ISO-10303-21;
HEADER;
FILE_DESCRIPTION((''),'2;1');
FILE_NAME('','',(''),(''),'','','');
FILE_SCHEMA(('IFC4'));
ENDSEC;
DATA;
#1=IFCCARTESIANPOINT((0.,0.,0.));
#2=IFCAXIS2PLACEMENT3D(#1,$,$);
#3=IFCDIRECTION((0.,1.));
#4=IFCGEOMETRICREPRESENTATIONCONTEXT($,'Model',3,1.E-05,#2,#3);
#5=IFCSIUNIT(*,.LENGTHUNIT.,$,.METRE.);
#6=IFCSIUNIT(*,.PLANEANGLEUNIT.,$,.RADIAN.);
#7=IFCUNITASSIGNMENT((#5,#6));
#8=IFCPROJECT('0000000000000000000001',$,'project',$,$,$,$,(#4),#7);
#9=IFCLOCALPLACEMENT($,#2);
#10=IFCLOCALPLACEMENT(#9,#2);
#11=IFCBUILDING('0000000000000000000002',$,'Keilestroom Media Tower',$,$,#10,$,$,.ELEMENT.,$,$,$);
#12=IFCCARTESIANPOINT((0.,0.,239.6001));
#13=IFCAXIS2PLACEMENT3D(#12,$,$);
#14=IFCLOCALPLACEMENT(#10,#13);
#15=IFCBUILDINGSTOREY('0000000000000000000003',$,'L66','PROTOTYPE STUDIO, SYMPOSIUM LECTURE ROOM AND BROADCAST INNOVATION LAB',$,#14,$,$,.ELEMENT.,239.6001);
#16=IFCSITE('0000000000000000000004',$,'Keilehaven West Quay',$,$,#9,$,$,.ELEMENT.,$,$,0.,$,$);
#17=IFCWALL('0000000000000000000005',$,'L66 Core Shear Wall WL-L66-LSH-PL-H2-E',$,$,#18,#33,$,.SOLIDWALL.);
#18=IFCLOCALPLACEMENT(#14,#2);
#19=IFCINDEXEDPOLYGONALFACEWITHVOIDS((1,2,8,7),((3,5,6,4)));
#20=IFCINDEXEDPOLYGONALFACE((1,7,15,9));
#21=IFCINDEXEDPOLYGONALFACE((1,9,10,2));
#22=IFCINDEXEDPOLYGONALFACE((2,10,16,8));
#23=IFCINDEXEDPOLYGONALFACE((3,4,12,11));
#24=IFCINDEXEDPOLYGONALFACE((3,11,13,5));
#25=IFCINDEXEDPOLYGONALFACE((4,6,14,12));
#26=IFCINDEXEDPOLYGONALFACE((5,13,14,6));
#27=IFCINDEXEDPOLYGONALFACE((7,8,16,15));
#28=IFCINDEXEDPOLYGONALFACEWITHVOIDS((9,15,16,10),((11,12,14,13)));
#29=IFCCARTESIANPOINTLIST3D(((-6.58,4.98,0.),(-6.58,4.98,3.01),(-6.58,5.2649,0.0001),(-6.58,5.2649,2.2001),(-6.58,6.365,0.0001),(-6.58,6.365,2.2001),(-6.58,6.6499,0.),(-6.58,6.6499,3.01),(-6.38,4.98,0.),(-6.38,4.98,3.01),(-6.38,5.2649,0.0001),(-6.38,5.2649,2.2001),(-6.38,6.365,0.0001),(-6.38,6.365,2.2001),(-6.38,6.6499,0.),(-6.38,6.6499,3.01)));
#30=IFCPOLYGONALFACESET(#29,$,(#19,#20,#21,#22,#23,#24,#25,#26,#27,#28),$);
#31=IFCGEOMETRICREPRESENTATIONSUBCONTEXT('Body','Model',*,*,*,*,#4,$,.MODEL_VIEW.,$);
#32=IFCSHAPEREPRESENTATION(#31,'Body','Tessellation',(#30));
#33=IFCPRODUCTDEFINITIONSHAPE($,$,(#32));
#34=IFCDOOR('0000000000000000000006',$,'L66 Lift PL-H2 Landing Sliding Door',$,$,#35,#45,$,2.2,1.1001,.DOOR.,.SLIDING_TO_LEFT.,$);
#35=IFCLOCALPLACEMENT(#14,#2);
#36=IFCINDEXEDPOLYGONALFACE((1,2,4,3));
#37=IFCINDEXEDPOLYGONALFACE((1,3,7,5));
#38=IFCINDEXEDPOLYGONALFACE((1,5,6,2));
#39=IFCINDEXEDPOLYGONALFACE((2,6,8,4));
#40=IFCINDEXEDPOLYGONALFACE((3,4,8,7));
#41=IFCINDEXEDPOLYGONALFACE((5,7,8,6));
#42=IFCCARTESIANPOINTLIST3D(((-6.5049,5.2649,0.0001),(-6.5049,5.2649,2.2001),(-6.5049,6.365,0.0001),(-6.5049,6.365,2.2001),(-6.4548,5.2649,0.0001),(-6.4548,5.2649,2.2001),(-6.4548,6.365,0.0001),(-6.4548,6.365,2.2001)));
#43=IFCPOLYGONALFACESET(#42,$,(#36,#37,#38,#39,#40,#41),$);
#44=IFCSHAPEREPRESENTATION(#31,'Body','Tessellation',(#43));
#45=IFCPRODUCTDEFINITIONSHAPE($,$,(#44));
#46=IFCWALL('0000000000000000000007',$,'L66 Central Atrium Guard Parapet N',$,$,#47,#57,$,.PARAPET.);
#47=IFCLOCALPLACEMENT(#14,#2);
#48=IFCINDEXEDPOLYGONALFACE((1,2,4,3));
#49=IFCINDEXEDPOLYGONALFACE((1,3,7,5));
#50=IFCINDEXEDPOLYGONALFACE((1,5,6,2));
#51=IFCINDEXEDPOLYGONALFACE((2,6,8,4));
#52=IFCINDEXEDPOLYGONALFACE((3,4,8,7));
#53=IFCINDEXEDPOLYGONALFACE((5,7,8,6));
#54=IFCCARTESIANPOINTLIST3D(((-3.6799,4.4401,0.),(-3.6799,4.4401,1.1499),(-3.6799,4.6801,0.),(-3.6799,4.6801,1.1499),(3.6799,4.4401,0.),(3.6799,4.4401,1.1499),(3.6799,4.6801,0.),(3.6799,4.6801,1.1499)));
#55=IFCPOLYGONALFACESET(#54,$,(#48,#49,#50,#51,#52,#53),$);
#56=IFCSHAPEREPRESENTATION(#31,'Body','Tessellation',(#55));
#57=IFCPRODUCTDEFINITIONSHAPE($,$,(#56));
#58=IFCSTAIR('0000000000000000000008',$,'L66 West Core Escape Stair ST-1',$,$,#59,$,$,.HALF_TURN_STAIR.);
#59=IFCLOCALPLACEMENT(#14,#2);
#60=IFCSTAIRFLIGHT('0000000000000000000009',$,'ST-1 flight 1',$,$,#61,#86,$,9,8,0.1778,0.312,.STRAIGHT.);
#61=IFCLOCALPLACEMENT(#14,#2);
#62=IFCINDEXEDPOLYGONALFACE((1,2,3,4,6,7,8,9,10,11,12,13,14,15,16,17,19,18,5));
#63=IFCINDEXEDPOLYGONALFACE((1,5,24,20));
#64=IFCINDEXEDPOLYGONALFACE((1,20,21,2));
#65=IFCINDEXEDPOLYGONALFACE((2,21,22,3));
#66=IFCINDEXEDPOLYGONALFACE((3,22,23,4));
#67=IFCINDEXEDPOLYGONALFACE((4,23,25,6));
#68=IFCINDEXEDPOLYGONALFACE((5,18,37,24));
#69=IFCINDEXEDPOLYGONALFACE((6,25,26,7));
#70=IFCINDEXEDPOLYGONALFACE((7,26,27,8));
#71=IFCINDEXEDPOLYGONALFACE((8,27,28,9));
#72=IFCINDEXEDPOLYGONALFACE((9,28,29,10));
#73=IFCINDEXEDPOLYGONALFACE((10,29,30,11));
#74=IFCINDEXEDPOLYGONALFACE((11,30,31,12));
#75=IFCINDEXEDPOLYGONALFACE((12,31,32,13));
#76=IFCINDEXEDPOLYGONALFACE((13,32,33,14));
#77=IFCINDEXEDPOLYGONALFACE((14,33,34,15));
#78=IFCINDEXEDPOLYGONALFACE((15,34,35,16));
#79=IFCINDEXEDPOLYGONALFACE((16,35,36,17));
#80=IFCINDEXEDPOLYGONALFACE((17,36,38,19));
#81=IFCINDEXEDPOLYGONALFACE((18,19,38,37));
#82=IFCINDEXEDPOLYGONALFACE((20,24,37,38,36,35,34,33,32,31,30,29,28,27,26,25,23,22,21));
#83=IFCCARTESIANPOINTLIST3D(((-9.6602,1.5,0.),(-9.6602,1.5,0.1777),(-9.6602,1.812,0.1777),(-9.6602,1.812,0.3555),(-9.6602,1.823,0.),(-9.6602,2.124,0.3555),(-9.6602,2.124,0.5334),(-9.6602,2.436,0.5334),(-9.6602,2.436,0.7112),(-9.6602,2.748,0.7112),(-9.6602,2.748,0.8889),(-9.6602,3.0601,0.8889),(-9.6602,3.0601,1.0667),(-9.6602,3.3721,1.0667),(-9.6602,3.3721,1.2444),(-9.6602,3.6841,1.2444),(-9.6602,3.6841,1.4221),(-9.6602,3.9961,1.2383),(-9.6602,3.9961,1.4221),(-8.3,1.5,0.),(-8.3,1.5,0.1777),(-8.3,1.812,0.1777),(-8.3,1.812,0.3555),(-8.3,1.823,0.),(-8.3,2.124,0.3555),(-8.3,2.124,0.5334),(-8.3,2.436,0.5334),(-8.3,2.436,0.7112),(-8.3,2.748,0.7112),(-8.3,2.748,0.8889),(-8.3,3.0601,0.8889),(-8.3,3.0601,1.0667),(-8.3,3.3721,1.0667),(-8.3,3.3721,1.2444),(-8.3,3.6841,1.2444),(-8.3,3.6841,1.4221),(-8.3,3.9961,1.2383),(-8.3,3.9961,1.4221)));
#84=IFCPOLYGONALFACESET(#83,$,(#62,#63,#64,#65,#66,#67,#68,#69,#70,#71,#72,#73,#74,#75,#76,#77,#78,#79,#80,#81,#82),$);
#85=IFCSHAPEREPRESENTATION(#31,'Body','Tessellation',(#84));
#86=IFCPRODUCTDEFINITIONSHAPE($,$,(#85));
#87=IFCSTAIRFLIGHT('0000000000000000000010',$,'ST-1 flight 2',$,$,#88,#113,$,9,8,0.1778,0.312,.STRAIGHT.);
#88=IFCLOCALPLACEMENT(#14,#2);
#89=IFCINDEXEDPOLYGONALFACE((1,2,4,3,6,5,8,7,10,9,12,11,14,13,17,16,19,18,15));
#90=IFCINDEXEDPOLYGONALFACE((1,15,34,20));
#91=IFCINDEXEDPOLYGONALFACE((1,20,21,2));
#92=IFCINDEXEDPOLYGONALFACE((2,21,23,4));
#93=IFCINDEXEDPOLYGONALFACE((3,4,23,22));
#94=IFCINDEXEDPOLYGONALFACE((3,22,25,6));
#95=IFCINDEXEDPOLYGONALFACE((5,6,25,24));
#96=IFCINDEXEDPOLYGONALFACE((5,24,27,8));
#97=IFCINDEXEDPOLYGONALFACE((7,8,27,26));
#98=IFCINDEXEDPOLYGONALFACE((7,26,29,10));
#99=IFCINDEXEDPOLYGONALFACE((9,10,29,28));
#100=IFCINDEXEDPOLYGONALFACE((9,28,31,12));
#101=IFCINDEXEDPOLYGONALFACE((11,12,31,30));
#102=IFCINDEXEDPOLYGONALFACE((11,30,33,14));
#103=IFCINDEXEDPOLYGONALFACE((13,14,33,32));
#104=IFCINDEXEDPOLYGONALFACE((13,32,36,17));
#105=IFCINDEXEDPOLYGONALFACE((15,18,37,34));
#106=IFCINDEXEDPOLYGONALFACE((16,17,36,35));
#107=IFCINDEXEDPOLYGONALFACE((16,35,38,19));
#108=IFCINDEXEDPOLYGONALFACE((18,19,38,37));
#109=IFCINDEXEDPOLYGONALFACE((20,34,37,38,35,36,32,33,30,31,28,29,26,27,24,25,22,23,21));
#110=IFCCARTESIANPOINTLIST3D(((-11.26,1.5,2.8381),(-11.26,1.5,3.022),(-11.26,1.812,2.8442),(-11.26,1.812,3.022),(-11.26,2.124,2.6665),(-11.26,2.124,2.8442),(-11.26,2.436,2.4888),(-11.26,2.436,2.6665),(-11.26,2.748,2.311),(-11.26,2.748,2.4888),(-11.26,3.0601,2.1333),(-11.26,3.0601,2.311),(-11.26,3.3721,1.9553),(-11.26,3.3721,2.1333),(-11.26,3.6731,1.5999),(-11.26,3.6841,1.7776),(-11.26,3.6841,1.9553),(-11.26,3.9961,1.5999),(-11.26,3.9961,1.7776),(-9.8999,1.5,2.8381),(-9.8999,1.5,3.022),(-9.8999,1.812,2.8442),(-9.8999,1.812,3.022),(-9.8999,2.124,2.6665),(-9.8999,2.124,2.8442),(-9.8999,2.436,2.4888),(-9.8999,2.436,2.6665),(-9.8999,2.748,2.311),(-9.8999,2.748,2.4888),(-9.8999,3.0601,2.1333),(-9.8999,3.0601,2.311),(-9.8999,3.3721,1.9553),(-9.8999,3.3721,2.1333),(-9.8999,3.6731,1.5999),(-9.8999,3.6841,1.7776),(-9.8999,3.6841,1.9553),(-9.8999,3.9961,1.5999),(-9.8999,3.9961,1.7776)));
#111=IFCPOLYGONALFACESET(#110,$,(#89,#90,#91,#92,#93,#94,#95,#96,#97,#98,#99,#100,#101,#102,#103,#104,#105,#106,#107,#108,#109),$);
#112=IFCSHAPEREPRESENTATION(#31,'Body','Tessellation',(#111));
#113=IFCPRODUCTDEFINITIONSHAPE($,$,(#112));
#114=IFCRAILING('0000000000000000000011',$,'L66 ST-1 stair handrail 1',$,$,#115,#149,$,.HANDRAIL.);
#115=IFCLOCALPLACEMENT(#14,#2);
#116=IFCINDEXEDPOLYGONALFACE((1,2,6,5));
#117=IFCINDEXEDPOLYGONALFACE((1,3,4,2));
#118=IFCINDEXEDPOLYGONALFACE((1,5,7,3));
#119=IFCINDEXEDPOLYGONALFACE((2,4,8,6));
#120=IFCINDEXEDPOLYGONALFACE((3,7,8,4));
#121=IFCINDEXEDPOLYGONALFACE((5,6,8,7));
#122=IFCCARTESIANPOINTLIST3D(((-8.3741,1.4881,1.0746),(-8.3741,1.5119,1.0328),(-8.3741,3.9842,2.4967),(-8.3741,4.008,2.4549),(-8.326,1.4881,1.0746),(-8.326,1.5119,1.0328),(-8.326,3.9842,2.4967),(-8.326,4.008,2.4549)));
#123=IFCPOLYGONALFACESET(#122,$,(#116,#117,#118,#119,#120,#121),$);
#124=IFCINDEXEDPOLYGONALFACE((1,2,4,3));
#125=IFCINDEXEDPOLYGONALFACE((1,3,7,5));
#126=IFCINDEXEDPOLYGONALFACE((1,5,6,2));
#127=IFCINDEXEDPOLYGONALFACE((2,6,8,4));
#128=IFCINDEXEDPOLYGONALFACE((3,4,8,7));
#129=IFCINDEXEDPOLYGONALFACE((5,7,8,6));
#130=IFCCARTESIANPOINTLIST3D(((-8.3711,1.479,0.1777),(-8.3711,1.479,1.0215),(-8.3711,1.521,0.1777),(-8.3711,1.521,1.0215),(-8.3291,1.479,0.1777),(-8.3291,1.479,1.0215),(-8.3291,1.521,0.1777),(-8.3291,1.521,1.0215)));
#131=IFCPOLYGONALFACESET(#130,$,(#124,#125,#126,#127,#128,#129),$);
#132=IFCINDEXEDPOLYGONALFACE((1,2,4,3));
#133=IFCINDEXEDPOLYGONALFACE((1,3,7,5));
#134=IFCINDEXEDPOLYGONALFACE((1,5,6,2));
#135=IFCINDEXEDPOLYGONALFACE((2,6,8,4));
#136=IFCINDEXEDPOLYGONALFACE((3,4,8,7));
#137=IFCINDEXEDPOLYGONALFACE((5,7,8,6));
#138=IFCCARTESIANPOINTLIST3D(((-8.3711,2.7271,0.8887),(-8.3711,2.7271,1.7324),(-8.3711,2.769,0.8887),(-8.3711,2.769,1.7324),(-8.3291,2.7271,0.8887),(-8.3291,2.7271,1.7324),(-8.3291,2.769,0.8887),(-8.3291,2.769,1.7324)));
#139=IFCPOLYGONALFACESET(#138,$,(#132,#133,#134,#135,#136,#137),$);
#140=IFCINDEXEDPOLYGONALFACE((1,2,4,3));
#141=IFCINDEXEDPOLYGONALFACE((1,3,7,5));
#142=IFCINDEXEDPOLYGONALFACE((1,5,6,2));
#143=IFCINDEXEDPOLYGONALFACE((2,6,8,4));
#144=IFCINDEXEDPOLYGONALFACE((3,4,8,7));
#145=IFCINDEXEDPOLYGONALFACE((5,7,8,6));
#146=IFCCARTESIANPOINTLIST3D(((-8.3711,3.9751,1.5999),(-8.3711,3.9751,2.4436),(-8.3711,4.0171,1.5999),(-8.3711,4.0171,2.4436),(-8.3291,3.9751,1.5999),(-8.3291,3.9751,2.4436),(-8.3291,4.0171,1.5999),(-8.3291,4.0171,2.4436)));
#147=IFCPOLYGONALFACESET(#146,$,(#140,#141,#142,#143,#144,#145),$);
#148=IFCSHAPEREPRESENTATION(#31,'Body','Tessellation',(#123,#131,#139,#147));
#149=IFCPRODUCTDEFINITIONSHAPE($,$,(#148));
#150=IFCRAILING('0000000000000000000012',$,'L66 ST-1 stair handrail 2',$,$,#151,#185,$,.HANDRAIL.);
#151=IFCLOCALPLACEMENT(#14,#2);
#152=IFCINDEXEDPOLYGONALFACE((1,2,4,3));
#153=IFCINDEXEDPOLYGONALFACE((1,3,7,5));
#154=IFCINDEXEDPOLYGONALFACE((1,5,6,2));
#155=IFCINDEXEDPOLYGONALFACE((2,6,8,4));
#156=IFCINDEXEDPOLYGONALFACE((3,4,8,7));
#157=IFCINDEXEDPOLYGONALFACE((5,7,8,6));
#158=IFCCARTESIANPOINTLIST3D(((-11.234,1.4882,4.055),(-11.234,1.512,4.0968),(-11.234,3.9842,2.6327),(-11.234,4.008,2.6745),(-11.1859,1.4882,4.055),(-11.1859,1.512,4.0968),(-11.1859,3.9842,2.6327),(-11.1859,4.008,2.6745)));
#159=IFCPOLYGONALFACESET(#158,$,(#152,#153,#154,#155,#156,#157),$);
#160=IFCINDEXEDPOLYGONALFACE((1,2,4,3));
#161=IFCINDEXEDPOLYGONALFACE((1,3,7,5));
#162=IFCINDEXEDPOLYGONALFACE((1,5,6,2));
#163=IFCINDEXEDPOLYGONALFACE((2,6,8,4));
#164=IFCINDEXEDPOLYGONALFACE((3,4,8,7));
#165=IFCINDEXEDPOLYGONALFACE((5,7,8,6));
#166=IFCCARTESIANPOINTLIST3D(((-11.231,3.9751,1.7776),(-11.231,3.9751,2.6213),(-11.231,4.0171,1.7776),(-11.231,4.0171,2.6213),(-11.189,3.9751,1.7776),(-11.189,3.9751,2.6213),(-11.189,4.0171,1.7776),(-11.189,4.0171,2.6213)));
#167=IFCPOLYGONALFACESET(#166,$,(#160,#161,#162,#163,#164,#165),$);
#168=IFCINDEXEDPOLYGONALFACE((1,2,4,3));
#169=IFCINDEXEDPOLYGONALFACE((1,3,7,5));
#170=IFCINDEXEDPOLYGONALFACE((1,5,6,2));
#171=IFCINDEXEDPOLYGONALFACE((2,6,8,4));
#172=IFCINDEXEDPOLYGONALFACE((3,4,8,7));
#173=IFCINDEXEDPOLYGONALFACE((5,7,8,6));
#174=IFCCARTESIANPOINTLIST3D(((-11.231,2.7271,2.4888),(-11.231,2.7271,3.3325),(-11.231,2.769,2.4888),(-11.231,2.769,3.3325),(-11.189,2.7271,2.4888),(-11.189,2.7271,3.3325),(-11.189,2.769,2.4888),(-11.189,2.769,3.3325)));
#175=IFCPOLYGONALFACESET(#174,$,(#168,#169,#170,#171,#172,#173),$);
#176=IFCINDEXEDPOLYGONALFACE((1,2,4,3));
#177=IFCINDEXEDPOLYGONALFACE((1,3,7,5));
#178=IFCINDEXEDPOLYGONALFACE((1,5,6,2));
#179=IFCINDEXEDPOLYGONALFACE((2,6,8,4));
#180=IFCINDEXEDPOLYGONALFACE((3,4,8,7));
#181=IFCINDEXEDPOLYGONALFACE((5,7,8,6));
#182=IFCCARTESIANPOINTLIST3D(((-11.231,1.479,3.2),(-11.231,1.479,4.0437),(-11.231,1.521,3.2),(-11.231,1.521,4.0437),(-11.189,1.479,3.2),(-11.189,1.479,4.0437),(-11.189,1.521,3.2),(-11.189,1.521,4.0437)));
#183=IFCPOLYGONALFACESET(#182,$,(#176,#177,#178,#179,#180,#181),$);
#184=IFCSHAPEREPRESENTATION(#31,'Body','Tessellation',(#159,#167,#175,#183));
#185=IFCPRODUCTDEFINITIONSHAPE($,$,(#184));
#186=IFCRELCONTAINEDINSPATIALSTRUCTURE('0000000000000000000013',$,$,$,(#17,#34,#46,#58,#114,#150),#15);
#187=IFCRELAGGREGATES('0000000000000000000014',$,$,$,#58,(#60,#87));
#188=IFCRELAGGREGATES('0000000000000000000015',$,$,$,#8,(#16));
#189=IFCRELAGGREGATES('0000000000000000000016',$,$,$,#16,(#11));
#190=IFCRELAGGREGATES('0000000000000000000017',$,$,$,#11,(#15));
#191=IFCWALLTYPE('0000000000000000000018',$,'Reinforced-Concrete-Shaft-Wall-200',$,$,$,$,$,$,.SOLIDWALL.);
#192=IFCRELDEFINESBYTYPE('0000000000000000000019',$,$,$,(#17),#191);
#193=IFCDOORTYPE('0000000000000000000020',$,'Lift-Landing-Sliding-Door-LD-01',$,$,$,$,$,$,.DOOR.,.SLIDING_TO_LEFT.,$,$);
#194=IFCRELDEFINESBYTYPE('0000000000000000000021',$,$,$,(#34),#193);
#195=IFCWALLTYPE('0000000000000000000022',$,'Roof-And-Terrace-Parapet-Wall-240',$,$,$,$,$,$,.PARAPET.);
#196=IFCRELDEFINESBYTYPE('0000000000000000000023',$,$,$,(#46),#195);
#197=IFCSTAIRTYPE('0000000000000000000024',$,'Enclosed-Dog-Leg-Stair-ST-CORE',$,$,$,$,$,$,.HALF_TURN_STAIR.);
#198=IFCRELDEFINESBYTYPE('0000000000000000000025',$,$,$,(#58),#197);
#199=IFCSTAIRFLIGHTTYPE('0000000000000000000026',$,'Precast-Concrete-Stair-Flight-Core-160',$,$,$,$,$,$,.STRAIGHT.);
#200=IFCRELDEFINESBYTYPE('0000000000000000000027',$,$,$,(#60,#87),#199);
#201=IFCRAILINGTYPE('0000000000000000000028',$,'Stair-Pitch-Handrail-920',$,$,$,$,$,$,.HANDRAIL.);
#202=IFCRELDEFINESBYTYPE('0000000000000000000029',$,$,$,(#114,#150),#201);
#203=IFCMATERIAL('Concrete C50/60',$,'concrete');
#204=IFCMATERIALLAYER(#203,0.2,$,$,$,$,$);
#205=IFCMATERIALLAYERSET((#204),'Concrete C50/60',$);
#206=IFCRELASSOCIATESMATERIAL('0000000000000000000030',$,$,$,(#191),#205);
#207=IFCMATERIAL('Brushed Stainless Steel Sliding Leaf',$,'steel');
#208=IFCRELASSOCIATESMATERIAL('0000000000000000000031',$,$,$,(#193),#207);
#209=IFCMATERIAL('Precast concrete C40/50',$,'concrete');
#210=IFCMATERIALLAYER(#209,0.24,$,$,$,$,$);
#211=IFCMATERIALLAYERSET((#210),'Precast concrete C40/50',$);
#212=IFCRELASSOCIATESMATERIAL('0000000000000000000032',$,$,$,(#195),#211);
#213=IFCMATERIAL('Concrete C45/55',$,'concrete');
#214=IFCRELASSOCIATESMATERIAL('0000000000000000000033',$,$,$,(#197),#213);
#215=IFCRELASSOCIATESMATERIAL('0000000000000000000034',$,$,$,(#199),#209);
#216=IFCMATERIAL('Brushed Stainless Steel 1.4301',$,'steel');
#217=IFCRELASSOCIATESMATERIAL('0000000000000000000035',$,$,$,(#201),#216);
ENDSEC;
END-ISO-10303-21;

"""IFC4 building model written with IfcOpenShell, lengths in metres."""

from ifc_helpers import new_model, si_unit, direction, frame, frame_2d, origin, origin_2d, place, context, subcontext, project, spatial, polyline, rectangle, outline, extrude, source, transform, mapped, material, layer, layer_set, type_object, element, fill, aggregate, save


model = new_model("IFC4")

# Units and contexts
model_context = context("Model", 3, precision=1e-05, world=origin(), true_north=direction((0.0, 1.0)))
body_context = subcontext(model_context, "Body", "Model", "MODEL_VIEW")
ifc_project = project(units=[si_unit("LENGTHUNIT", "METRE"), si_unit("PLANEANGLEUNIT", "RADIAN")], contexts=[model_context])

# Site, building, storey
site_placement = place(None, origin())
site = spatial("IfcSite", under=ifc_project, at=site_placement, Name="Keilehaven West Quay", CompositionType="ELEMENT", RefElevation=0.0)
building_placement = place(site_placement, origin())
building = spatial("IfcBuilding", under=site, at=building_placement, Name="Keilestroom Media Tower", CompositionType="ELEMENT")
storey_placement = place(building_placement, frame((0.0, 0.0, 239.6001)))
storey = spatial("IfcBuildingStorey", under=building, at=storey_placement, Name="L66", Description="PROTOTYPE STUDIO, SYMPOSIUM LECTURE ROOM AND BROADCAST INNOVATION LAB", CompositionType="ELEMENT", Elevation=239.6001)

# Shared definitions
ifc_material_1 = material(Name="Concrete C50/60", Category="concrete")
ifc_layer_1 = layer(ifc_material_1, 0.2)
ifc_layer_set_1 = layer_set([ifc_layer_1], Name="Concrete C50/60")
wall_type_1 = type_object("IfcWallType", Name="Reinforced-Concrete-Shaft-Wall-200", PredefinedType="SOLIDWALL", material=ifc_layer_set_1)

# Shared definitions
ifc_material_2 = material(Name="Brushed Stainless Steel Sliding Leaf", Category="steel")
door_type = type_object("IfcDoorType", Name="Lift-Landing-Sliding-Door-LD-01", OperationType="SLIDING_TO_LEFT", PredefinedType="DOOR", material=ifc_material_2)
shared_shape_1 = source(origin(), body_context, "Body", "SweptSolid", [
    extrude(rectangle(XDim=1.1001, YDim=2.2, at=frame_2d((0.55, 1.1001))), frame((0.0, 0.0249, 0.0), z_axis=(0.0, -1.0, 0.0), x_axis=(1.0, 0.0, 0.0)), (0.0, 0.0, 1.0), 0.05),
])

# Wall, opening, door
wall_1_placement = place(storey_placement, frame((-6.48, 4.98, 0.0), z_axis=(0.0, 0.0, 1.0), x_axis=(0.0, 1.0, 0.0)))
wall_1 = element("IfcWall", 1, at=wall_1_placement, inside=storey, type_object=wall_type_1, Name="L66 Core Shear Wall WL-L66-LSH-PL-H2-E", PredefinedType="SOLIDWALL", context=body_context, shape_type="SweptSolid", body=[
    extrude(rectangle(XDim=1.6699, YDim=0.2, at=frame_2d((0.835, 0.0))), origin(), (0.0, 0.0, 1.0), 3.01),
])
opening_1_placement = place(wall_1_placement, frame((0.2849, 0.0, 0.0)))
opening_1 = element("IfcOpeningElement", 2, at=opening_1_placement, cuts=wall_1, PredefinedType="OPENING", context=body_context, shape_type="SweptSolid", body=[
    extrude(rectangle(XDim=1.1001, YDim=2.2, at=frame_2d((0.55, 1.1001))), frame((0.0, 0.1099, 0.0), z_axis=(0.0, -1.0, 0.0), x_axis=(1.0, 0.0, 0.0)), (0.0, 0.0, 1.0), 0.22),
])
door_1_placement = place(opening_1_placement, origin())
door_1 = element("IfcDoor", 3, at=door_1_placement, inside=storey, type_object=door_type, Name="L66 Lift PL-H2 Landing Sliding Door", OperationType="SLIDING_TO_LEFT", OverallHeight=2.2, OverallWidth=1.1001, PredefinedType="DOOR", context=body_context, shape_type="MappedRepresentation", body=[
    mapped(shared_shape_1, transform((0.0, 0.0, 0.0), x_axis=(1.0, 0.0, 0.0), y_axis=(0.0, 1.0, 0.0), z_axis=(0.0, 0.0, 1.0), scale=1.0)),
])
fill(opening_1, door_1)

# Wall
ifc_material_3 = material(Name="Precast concrete C40/50", Category="concrete")
ifc_layer_2 = layer(ifc_material_3, 0.24)
ifc_layer_set_2 = layer_set([ifc_layer_2], Name="Precast concrete C40/50")
wall_type_2 = type_object("IfcWallType", Name="Roof-And-Terrace-Parapet-Wall-240", PredefinedType="PARAPET", material=ifc_layer_set_2)
wall_2_placement = place(storey_placement, frame((-3.6799, 4.5601, 0.0), z_axis=(0.0, 0.0, 1.0), x_axis=(1.0, 0.0, 0.0)))
element("IfcWall", 4, at=wall_2_placement, inside=storey, type_object=wall_type_2, Name="L66 Central Atrium Guard Parapet N", PredefinedType="PARAPET", context=body_context, shape_type="SweptSolid", body=[
    extrude(rectangle(XDim=7.3599, YDim=0.24, at=frame_2d((3.6799, 0.0))), origin(), (0.0, 0.0, 1.0), 1.1499),
])

# Stair, stair flights
ifc_material_4 = material(Name="Concrete C45/55", Category="concrete")
stair_type = type_object("IfcStairType", Name="Enclosed-Dog-Leg-Stair-ST-CORE", PredefinedType="HALF_TURN_STAIR", material=ifc_material_4)
stair_placement = place(storey_placement, origin())
stair = element("IfcStair", 5, at=stair_placement, inside=storey, type_object=stair_type, Name="L66 West Core Escape Stair ST-1", PredefinedType="HALF_TURN_STAIR")
stair_flight_type = type_object("IfcStairFlightType", Name="Precast-Concrete-Stair-Flight-Core-160", PredefinedType="STRAIGHT", material=ifc_material_3)
stair_flight_1_placement = place(storey_placement, frame((-8.98, 1.5, 0.0), z_axis=(0.0, 0.0, 1.0), x_axis=(0.0, 1.0, 0.0)))
stair_flight_1 = element("IfcStairFlight", 6, at=stair_flight_1_placement, type_object=stair_flight_type, Name="ST-1 flight 1", NumberOfRisers=9, NumberOfTreads=8, PredefinedType="STRAIGHT", RiserHeight=0.1778, TreadLength=0.312, context=body_context, shape_type="SweptSolid", body=[
    extrude(outline(polyline([(0.0, 0.0), (0.0, 0.1777), (0.312, 0.1777), (0.312, 0.3555), (0.624, 0.3555), (0.624, 0.5334), (0.936, 0.5334), (0.936, 0.7112), (1.248, 0.7112), (1.248, 0.8889), (1.5601, 0.8889), (1.5601, 1.0667), (1.8721, 1.0667), (1.8721, 1.2444), (2.1841, 1.2444), (2.1841, 1.4221), (2.4961, 1.4221), (2.4961, 1.6001), (2.4961, 1.2383), (0.323, 0.0), (0.0, 0.0)])), frame((0.0, 0.6802, 0.0), z_axis=(0.0, -1.0, 0.0), x_axis=(1.0, 0.0, 0.0)), (0.0, 0.0, 1.0), 1.3601),
])
stair_flight_2_placement = place(storey_placement, frame((-10.5801, 3.9961, 1.5999), z_axis=(0.0, 0.0, 1.0), x_axis=(0.0, -1.0, 0.0)))
stair_flight_2 = element("IfcStairFlight", 7, at=stair_flight_2_placement, type_object=stair_flight_type, Name="ST-1 flight 2", NumberOfRisers=9, NumberOfTreads=8, PredefinedType="STRAIGHT", RiserHeight=0.1778, TreadLength=0.312, context=body_context, shape_type="SweptSolid", body=[
    extrude(outline(polyline([(0.0, 0.0), (0.0, 0.1777), (0.312, 0.1777), (0.312, 0.3555), (0.624, 0.3555), (0.624, 0.5334), (0.936, 0.5334), (0.936, 0.7112), (1.248, 0.7112), (1.248, 0.8889), (1.5601, 0.8889), (1.5601, 1.0667), (1.8721, 1.0667), (1.8721, 1.2444), (2.1841, 1.2444), (2.1841, 1.4221), (2.4961, 1.4221), (2.4961, 1.6001), (2.4961, 1.2383), (0.323, 0.0), (0.0, 0.0)])), frame((0.0, 0.6802, 0.0), z_axis=(0.0, -1.0, 0.0), x_axis=(1.0, 0.0, 0.0)), (0.0, 0.0, 1.0), 1.3601),
])
aggregate(stair, [stair_flight_1, stair_flight_2])

# Railings
ifc_material_5 = material(Name="Brushed Stainless Steel 1.4301", Category="steel")
railing_type_1 = type_object("IfcRailingType", Name="Stair-Pitch-Handrail-920", PredefinedType="HANDRAIL", material=ifc_material_5)
railing_1_placement = place(storey_placement, frame((-8.3501, 1.5, 0.1777)))
element("IfcRailing", 8, at=railing_1_placement, inside=storey, type_object=railing_type_1, Name="L66 ST-1 stair handrail 1", PredefinedType="HANDRAIL", context=body_context, shape_type="SweptSolid", body=[
    extrude(rectangle(XDim=0.0481, YDim=0.0481, at=origin_2d()), frame((0.0, 0.0, 0.876), z_axis=(0.0, 0.868875, 0.495031), x_axis=(-1.0, 0.0, 0.0)), (0.0, 0.0, 1.0), 2.8728),
    extrude(rectangle(XDim=0.042, YDim=0.042, at=origin_2d()), origin(), (0.0, 0.0, 1.0), 0.8438),
    extrude(rectangle(XDim=0.042, YDim=0.042, at=origin_2d()), frame((0.0, 1.248, 0.7109)), (0.0, 0.0, 1.0), 0.8438),
    extrude(rectangle(XDim=0.042, YDim=0.042, at=origin_2d()), frame((0.0, 2.4961, 1.4221)), (0.0, 0.0, 1.0), 0.8438),
])
railing_2_placement = place(storey_placement, frame((-11.21, 3.9961, 1.7776)))
element("IfcRailing", 9, at=railing_2_placement, inside=storey, type_object=railing_type_1, Name="L66 ST-1 stair handrail 2", PredefinedType="HANDRAIL", context=body_context, shape_type="SweptSolid", body=[
    extrude(rectangle(XDim=0.0481, YDim=0.0481, at=origin_2d()), frame((0.0, 0.0, 0.876), z_axis=(0.0, -0.868839, 0.495095), x_axis=(1.0, 0.0, 0.0)), (0.0, 0.0, 1.0), 2.8728),
    extrude(rectangle(XDim=0.042, YDim=0.042, at=origin_2d()), origin(), (0.0, 0.0, 1.0), 0.8438),
    extrude(rectangle(XDim=0.042, YDim=0.042, at=origin_2d()), frame((0.0, -1.248, 0.7112)), (0.0, 0.0, 1.0), 0.8438),
    extrude(rectangle(XDim=0.042, YDim=0.042, at=origin_2d()), frame((0.0, -2.4961, 1.4224)), (0.0, 0.0, 1.0), 0.8438),
])

save(model, "model.ifc")
